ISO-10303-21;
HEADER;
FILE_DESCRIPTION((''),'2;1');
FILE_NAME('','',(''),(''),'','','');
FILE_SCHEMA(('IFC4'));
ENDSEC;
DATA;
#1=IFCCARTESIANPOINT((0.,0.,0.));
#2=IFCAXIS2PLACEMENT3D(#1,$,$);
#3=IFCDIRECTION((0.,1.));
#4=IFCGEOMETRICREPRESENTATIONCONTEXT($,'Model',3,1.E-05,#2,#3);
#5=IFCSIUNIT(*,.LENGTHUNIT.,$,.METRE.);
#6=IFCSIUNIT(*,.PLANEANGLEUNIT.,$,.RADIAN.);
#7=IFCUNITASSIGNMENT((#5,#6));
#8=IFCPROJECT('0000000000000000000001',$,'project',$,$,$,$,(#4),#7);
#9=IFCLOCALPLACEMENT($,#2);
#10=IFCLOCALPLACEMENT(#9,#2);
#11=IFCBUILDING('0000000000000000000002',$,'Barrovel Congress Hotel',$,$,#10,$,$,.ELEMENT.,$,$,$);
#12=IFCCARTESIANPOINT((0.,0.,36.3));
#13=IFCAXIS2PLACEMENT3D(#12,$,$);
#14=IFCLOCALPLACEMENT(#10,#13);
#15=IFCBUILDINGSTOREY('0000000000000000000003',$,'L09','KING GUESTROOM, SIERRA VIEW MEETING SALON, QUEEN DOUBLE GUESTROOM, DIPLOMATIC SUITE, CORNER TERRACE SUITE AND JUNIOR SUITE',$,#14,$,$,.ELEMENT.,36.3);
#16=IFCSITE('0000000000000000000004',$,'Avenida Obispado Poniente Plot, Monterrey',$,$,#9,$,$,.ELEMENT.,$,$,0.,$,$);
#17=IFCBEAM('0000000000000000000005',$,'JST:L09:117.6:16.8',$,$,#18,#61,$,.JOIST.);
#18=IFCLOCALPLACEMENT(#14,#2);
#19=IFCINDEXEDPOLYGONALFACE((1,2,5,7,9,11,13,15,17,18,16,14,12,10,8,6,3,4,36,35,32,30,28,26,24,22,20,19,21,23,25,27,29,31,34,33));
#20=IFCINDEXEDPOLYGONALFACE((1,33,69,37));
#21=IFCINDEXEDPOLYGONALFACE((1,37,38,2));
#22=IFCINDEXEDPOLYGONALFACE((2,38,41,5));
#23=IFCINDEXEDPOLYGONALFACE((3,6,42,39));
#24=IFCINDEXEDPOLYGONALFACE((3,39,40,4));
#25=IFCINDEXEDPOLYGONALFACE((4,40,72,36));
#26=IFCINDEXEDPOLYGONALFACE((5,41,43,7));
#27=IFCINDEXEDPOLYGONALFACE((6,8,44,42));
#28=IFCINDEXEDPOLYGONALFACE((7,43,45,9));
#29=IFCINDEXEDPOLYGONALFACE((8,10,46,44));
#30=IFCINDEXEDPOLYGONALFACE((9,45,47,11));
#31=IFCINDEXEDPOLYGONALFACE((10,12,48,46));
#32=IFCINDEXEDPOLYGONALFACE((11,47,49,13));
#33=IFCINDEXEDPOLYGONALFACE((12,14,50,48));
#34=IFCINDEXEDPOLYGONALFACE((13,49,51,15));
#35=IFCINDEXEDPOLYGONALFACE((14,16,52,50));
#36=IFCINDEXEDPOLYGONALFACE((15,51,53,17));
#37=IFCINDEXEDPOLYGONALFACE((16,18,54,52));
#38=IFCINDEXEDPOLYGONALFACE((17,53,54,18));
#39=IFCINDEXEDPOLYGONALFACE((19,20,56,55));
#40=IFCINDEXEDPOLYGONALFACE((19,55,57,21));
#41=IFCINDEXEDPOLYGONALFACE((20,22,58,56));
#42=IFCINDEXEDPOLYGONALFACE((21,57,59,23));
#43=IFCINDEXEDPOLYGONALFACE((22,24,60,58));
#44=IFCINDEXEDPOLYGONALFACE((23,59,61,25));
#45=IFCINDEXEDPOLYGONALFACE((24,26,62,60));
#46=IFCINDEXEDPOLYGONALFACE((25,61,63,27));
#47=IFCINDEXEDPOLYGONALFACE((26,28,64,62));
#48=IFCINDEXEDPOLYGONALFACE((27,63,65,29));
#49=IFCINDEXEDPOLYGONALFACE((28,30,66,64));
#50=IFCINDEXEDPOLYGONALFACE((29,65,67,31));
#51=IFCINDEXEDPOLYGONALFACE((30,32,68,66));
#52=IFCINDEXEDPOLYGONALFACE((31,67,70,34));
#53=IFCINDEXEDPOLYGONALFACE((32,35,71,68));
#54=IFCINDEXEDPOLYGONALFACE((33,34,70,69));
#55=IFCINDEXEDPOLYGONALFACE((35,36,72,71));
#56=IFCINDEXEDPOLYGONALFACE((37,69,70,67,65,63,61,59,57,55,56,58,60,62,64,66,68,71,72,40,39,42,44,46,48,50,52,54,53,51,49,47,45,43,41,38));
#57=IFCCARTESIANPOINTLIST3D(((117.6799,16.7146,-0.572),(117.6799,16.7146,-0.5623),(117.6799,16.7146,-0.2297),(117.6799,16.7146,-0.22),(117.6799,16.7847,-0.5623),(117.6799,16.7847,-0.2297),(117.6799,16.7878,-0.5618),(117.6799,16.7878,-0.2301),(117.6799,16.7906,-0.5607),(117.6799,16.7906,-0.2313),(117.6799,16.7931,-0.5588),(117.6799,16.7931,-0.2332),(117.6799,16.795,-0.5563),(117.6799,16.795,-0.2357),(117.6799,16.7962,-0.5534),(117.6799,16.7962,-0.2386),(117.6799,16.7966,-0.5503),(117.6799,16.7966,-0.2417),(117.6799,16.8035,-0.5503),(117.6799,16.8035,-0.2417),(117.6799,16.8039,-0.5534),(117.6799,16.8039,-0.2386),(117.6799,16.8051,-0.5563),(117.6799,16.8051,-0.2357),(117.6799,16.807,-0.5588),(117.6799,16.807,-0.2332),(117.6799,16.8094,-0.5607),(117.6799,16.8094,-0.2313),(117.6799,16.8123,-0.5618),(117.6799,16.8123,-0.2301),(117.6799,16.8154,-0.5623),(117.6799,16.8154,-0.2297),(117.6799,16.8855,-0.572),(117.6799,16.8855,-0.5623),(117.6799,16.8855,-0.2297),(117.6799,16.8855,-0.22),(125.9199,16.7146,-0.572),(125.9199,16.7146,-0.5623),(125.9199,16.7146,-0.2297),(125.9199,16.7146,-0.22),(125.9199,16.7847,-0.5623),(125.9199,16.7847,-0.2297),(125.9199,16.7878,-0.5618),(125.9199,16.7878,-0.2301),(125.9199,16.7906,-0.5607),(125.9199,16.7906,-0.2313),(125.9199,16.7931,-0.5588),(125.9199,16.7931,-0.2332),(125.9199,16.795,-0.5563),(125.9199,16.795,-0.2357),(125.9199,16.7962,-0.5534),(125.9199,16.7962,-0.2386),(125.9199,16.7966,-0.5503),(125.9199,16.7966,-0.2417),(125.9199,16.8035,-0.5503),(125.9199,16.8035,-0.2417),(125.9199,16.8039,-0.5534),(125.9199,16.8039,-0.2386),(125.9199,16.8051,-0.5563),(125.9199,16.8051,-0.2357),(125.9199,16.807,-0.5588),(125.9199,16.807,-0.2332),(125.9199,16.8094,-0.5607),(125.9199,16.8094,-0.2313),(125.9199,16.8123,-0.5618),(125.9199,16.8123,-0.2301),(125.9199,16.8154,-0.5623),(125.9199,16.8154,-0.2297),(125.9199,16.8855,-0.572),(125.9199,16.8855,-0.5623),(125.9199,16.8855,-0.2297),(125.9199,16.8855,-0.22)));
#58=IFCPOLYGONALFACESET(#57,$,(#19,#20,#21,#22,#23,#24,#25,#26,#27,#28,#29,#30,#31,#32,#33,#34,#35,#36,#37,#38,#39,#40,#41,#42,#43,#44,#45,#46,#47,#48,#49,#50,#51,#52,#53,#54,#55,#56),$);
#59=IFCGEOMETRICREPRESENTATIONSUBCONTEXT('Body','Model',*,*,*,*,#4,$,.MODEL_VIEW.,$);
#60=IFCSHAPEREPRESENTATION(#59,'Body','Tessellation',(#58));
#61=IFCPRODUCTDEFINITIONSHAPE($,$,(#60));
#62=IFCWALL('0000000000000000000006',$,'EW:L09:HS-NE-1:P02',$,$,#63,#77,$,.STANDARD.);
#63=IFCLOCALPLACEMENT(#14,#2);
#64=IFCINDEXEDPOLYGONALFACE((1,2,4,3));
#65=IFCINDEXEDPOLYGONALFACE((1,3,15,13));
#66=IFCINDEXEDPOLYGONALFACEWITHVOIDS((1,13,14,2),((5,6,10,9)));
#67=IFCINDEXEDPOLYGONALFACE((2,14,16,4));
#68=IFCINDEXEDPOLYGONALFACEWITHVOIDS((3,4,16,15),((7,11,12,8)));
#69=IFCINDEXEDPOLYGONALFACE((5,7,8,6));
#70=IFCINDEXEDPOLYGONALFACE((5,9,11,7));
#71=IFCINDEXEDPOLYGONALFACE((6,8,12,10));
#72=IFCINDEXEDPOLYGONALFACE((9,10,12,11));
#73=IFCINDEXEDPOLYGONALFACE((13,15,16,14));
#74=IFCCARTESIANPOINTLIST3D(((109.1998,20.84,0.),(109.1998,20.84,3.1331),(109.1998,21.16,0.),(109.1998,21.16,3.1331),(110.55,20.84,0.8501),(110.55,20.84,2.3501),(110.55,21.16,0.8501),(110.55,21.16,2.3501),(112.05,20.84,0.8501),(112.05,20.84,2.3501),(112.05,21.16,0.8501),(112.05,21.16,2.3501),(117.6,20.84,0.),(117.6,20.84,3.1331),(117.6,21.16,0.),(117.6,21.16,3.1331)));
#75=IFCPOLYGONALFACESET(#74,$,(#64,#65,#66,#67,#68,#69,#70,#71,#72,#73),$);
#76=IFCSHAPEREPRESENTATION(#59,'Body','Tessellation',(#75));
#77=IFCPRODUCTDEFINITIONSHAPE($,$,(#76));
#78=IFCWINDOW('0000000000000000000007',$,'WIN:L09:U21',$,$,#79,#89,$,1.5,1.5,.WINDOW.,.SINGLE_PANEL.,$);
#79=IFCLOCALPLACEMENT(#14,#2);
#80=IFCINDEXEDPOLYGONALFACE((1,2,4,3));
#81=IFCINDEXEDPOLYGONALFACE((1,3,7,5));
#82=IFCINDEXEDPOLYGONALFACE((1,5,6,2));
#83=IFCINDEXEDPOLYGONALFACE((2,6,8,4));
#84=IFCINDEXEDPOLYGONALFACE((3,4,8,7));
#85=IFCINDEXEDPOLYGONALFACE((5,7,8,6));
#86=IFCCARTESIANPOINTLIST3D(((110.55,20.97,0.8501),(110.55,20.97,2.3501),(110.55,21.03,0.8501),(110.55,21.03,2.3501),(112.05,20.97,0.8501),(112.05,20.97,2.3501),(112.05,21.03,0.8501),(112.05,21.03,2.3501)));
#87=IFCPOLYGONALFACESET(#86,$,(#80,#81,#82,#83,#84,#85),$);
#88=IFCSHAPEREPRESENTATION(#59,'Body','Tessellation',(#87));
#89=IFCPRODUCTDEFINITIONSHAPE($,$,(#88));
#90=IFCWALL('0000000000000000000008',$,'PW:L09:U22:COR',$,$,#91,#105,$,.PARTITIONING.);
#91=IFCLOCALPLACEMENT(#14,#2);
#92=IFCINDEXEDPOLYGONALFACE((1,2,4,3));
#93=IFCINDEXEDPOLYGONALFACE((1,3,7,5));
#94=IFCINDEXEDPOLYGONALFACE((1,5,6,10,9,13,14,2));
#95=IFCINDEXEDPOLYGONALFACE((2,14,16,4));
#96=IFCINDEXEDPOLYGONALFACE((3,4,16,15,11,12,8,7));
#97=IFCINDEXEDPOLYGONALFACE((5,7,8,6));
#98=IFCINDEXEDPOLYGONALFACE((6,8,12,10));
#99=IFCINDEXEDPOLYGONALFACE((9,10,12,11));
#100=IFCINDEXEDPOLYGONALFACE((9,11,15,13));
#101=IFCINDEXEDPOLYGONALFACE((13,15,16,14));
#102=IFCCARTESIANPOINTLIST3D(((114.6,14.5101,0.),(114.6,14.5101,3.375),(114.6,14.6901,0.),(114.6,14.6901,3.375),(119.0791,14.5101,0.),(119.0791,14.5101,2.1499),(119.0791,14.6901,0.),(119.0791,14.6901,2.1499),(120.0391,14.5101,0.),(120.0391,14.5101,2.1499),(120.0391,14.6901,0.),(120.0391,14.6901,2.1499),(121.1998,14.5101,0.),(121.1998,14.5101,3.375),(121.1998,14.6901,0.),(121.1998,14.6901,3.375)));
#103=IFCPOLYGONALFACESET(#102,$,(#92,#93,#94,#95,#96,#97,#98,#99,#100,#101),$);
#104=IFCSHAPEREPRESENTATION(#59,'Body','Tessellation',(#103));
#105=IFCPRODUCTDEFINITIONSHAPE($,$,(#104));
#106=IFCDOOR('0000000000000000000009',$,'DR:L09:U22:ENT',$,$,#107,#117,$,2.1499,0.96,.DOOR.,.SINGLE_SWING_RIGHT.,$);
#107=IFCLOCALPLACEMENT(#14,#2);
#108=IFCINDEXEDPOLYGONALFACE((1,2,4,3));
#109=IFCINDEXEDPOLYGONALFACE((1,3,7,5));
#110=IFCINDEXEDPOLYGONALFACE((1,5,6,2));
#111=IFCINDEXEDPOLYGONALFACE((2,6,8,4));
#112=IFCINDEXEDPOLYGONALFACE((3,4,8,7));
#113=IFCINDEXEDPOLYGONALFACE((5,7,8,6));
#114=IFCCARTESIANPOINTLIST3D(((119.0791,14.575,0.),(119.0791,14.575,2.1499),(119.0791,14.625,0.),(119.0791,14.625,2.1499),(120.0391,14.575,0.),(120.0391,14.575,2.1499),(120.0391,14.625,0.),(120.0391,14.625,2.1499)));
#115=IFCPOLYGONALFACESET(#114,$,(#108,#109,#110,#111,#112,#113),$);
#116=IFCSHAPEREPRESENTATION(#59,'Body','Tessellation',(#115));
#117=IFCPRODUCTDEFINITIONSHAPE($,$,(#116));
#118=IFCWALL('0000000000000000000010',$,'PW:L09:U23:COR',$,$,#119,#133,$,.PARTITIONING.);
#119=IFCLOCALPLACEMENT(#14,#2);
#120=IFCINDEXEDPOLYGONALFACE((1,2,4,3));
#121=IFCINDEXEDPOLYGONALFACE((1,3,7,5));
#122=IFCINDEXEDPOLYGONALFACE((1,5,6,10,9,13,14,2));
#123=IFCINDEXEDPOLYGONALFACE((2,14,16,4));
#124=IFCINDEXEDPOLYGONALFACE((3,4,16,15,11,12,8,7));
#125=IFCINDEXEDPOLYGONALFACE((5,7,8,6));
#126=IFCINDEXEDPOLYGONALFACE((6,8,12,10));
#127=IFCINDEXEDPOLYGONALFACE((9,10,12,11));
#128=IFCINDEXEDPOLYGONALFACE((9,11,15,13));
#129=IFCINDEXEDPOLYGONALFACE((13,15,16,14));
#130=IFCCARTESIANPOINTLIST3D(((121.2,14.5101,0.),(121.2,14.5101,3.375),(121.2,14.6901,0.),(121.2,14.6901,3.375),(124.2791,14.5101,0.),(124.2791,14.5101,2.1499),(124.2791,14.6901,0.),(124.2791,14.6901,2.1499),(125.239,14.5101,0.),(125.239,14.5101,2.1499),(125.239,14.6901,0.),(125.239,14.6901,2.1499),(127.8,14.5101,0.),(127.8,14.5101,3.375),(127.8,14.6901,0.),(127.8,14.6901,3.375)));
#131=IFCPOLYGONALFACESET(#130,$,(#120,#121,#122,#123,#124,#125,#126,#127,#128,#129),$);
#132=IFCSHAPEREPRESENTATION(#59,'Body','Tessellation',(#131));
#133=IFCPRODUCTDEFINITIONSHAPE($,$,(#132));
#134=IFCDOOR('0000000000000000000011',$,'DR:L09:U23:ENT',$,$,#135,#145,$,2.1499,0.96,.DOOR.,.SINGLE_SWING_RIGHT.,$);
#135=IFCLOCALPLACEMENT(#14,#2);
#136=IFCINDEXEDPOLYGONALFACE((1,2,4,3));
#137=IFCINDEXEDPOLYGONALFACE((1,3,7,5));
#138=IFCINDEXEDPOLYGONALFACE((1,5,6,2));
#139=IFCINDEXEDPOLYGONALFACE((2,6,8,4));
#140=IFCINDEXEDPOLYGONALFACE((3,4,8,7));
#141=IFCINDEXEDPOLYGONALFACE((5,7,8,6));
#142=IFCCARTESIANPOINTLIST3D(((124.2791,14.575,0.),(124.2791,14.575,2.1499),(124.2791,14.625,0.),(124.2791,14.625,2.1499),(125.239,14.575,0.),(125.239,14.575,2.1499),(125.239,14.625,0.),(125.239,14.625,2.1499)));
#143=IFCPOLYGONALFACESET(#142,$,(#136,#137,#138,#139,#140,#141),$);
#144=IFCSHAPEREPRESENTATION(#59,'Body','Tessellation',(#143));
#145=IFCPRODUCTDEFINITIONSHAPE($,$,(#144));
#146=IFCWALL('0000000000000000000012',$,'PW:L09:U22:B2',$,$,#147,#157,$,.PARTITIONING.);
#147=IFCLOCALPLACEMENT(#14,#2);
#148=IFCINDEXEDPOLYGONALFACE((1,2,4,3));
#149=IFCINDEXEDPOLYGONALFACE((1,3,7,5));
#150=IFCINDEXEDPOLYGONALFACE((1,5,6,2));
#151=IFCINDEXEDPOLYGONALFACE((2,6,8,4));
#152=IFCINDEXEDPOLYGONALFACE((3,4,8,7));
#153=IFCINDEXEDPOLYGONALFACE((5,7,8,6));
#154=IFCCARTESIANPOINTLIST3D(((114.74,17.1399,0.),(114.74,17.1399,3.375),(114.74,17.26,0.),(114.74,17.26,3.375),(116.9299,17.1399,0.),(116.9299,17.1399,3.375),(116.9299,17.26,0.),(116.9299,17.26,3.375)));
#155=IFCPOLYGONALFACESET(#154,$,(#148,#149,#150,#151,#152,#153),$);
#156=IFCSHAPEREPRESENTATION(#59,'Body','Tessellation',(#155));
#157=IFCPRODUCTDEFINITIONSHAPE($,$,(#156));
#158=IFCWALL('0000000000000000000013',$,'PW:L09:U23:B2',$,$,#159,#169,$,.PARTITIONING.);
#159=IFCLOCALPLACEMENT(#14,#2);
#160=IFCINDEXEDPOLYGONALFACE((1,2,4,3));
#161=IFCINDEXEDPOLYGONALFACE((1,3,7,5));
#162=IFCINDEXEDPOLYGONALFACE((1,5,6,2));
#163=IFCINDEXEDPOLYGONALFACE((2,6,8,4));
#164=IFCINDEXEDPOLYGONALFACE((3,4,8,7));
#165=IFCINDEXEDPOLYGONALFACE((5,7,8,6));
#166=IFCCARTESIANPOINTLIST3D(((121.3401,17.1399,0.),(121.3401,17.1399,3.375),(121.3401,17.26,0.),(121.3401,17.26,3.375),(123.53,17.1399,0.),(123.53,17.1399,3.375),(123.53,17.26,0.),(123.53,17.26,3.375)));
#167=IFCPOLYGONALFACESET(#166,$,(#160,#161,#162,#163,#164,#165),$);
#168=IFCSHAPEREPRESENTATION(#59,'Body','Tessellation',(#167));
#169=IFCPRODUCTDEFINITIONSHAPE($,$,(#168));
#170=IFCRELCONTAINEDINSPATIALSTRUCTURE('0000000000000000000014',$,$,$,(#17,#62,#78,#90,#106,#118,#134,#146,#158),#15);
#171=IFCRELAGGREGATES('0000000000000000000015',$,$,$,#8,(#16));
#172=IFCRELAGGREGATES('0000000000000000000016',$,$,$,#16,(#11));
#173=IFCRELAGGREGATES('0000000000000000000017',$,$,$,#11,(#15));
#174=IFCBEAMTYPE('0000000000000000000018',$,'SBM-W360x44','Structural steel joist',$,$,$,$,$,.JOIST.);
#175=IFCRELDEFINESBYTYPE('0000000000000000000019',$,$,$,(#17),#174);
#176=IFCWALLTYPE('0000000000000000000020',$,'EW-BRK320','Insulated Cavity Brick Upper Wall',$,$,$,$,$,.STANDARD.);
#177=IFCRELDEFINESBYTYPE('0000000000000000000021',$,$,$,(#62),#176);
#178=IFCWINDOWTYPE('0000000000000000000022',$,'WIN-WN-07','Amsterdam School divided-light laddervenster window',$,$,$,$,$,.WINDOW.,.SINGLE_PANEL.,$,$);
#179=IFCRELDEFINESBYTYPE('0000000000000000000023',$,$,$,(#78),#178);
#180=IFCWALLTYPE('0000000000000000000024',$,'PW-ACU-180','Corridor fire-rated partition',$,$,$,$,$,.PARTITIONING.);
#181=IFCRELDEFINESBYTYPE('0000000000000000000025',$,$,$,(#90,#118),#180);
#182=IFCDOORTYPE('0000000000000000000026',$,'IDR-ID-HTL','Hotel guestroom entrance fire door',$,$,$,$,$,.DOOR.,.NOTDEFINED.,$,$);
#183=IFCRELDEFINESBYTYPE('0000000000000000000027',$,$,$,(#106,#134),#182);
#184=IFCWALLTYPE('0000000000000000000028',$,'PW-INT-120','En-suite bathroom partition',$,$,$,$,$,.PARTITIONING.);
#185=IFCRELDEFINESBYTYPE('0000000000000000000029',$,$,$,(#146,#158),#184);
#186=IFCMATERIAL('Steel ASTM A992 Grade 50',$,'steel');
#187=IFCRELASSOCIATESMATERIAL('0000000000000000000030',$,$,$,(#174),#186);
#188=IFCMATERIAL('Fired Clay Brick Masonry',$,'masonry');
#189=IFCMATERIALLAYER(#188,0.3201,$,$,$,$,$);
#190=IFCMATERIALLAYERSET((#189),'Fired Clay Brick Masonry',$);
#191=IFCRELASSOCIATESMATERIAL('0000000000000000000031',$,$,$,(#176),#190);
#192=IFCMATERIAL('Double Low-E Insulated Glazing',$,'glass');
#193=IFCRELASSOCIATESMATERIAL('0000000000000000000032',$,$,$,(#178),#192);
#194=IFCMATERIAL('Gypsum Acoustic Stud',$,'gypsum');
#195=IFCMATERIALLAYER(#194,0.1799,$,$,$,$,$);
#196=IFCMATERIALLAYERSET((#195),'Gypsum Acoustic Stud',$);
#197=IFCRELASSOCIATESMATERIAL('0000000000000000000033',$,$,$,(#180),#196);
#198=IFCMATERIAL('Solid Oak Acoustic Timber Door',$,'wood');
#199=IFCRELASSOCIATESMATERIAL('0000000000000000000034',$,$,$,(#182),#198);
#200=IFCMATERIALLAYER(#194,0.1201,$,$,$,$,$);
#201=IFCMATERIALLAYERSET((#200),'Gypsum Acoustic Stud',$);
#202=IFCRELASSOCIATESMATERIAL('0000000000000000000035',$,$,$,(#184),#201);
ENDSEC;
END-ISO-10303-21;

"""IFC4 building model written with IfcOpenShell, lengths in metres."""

from ifc_helpers import new_model, si_unit, direction, frame, frame_2d, origin, origin_2d, place, context, subcontext, project, spatial, rectangle, i_section, extrude, material, layer, layer_set, material_profile, profile_set, type_object, element, fill, save


model = new_model("IFC4")

# Units and contexts
model_context = context("Model", 3, precision=1e-05, world=origin(), true_north=direction((0.0, 1.0)))
body_context = subcontext(model_context, "Body", "Model", "MODEL_VIEW")
ifc_project = project(units=[si_unit("LENGTHUNIT", "METRE"), si_unit("PLANEANGLEUNIT", "RADIAN")], contexts=[model_context])

# Site, building, storey
site_placement = place(None, origin())
site = spatial("IfcSite", under=ifc_project, at=site_placement, Name="Avenida Obispado Poniente Plot, Monterrey", CompositionType="ELEMENT", RefElevation=0.0)
building_placement = place(site_placement, origin())
building = spatial("IfcBuilding", under=site, at=building_placement, Name="Barrovel Congress Hotel", CompositionType="ELEMENT")
storey_placement = place(building_placement, frame((0.0, 0.0, 36.3)))
storey = spatial("IfcBuildingStorey", under=building, at=storey_placement, Name="L09", Description="KING GUESTROOM, SIERRA VIEW MEETING SALON, QUEEN DOUBLE GUESTROOM, DIPLOMATIC SUITE, CORNER TERRACE SUITE AND JUNIOR SUITE", CompositionType="ELEMENT", Elevation=36.3)

# Beam
ifc_material_1 = material(Name="Steel ASTM A992 Grade 50", Category="steel")
ifc_material_profile_1 = material_profile(ifc_material_1, i_section(OverallWidth=0.1709, OverallDepth=0.3521, WebThickness=0.0068, FlangeThickness=0.0098, FilletRadius=0.012, at=origin_2d()), Name="W360x44")
ifc_profile_set_1 = profile_set([ifc_material_profile_1], Name="Steel ASTM A992 Grade 50")
beam_type_1 = type_object("IfcBeamType", Name="SBM-W360x44", Description="Structural steel joist", PredefinedType="JOIST", material=ifc_profile_set_1)
beam_1_placement = place(storey_placement, frame((117.6799, 16.8, -0.396), z_axis=(1.0, 0.0, 0.0), x_axis=(0.0, 1.0, 0.0)))
element("IfcBeam", 1, at=beam_1_placement, inside=storey, type_object=beam_type_1, Name="JST:L09:117.6:16.8", PredefinedType="JOIST", context=body_context, shape_type="SweptSolid", body=[
    extrude(i_section(OverallWidth=0.1709, OverallDepth=0.3521, WebThickness=0.0068, FlangeThickness=0.0098, FilletRadius=0.012, at=origin_2d()), origin(), (0.0, 0.0, 1.0), 8.24),
])

# Wall, opening, window
ifc_material_2 = material(Name="Fired Clay Brick Masonry", Category="masonry")
ifc_layer_1 = layer(ifc_material_2, 0.3201)
ifc_layer_set_1 = layer_set([ifc_layer_1], Name="Fired Clay Brick Masonry")
wall_type_1 = type_object("IfcWallType", Name="EW-BRK320", Description="Insulated Cavity Brick Upper Wall", PredefinedType="STANDARD", material=ifc_layer_set_1)
wall_1_placement = place(storey_placement, frame((117.6001, 21.0, 0.0), z_axis=(0.0, 0.0, 1.0), x_axis=(-1.0, 0.0, 0.0)))
wall_1 = element("IfcWall", 2, at=wall_1_placement, inside=storey, type_object=wall_type_1, Name="EW:L09:HS-NE-1:P02", PredefinedType="STANDARD", context=body_context, shape_type="SweptSolid", body=[
    extrude(rectangle(XDim=8.4001, YDim=0.3201, at=frame_2d((4.2002, 0.0))), origin(), (0.0, 0.0, 1.0), 3.1331),
])
opening_1_placement = place(wall_1_placement, frame((5.55, 0.0, 0.8501)))
opening_1 = element("IfcOpeningElement", 3, at=opening_1_placement, cuts=wall_1, PredefinedType="OPENING", context=body_context, shape_type="SweptSolid", body=[
    extrude(rectangle(XDim=1.5, YDim=1.5, at=frame_2d((0.75, 0.75))), frame((0.0, 0.1699, 0.0), z_axis=(0.0, -1.0, 0.0), x_axis=(1.0, 0.0, 0.0)), (0.0, 0.0, 1.0), 0.3401),
])
ifc_material_3 = material(Name="Double Low-E Insulated Glazing", Category="glass")
window_type = type_object("IfcWindowType", Name="WIN-WN-07", Description="Amsterdam School divided-light laddervenster window", PartitioningType="SINGLE_PANEL", PredefinedType="WINDOW", material=ifc_material_3)
window_placement = place(opening_1_placement, origin())
window = element("IfcWindow", 4, at=window_placement, inside=storey, type_object=window_type, Name="WIN:L09:U21", OverallHeight=1.5, OverallWidth=1.5, PartitioningType="SINGLE_PANEL", PredefinedType="WINDOW", context=body_context, shape_type="SweptSolid", body=[
    extrude(rectangle(XDim=1.5, YDim=1.5, at=frame_2d((0.75, 0.75))), frame((0.0, 0.03, 0.0), z_axis=(0.0, -1.0, 0.0), x_axis=(1.0, 0.0, 0.0)), (0.0, 0.0, 1.0), 0.0601),
])
fill(opening_1, window)

# Walls, openings, doors
ifc_material_4 = material(Name="Gypsum Acoustic Stud", Category="gypsum")
ifc_layer_2 = layer(ifc_material_4, 0.1799)
ifc_layer_set_2 = layer_set([ifc_layer_2], Name="Gypsum Acoustic Stud")
wall_type_2 = type_object("IfcWallType", Name="PW-ACU-180", Description="Corridor fire-rated partition", PredefinedType="PARTITIONING", material=ifc_layer_set_2)
wall_2_placement = place(storey_placement, frame((114.6001, 14.6001, 0.0), z_axis=(0.0, 0.0, 1.0), x_axis=(1.0, 0.0, 0.0)))
wall_2 = element("IfcWall", 5, at=wall_2_placement, inside=storey, type_object=wall_type_2, Name="PW:L09:U22:COR", PredefinedType="PARTITIONING", context=body_context, shape_type="SweptSolid", body=[
    extrude(rectangle(XDim=6.5999, YDim=0.1799, at=frame_2d((3.2998, 0.0))), origin(), (0.0, 0.0, 1.0), 3.375),
])
opening_2_placement = place(wall_2_placement, frame((4.479, 0.0, 0.0)))
opening_2 = element("IfcOpeningElement", 6, at=opening_2_placement, cuts=wall_2, PredefinedType="OPENING", context=body_context, shape_type="SweptSolid", body=[
    extrude(rectangle(XDim=0.96, YDim=2.1499, at=frame_2d((0.48, 1.075))), frame((0.0, 0.1001, 0.0), z_axis=(0.0, -1.0, 0.0), x_axis=(1.0, 0.0, 0.0)), (0.0, 0.0, 1.0), 0.2),
])
ifc_material_5 = material(Name="Solid Oak Acoustic Timber Door", Category="wood")
door_type_1 = type_object("IfcDoorType", Name="IDR-ID-HTL", Description="Hotel guestroom entrance fire door", OperationType="NOTDEFINED", PredefinedType="DOOR", material=ifc_material_5)
door_1_placement = place(opening_2_placement, origin())
door_1 = element("IfcDoor", 7, at=door_1_placement, inside=storey, type_object=door_type_1, Name="DR:L09:U22:ENT", OperationType="SINGLE_SWING_RIGHT", OverallHeight=2.1499, OverallWidth=0.96, PredefinedType="DOOR", context=body_context, shape_type="SweptSolid", body=[
    extrude(rectangle(XDim=0.96, YDim=2.1499, at=frame_2d((0.48, 1.075))), frame((0.0, 0.0249, 0.0), z_axis=(0.0, -1.0, 0.0), x_axis=(1.0, 0.0, 0.0)), (0.0, 0.0, 1.0), 0.05),
])
fill(opening_2, door_1)
wall_3_placement = place(storey_placement, frame((121.2, 14.6001, 0.0), z_axis=(0.0, 0.0, 1.0), x_axis=(1.0, 0.0, 0.0)))
wall_3 = element("IfcWall", 8, at=wall_3_placement, inside=storey, type_object=wall_type_2, Name="PW:L09:U23:COR", PredefinedType="PARTITIONING", context=body_context, shape_type="SweptSolid", body=[
    extrude(rectangle(XDim=6.6001, YDim=0.1799, at=frame_2d((3.3, 0.0))), origin(), (0.0, 0.0, 1.0), 3.375),
])
opening_3_placement = place(wall_3_placement, frame((3.0791, 0.0, 0.0)))
opening_3 = element("IfcOpeningElement", 9, at=opening_3_placement, cuts=wall_3, PredefinedType="OPENING", context=body_context, shape_type="SweptSolid", body=[
    extrude(rectangle(XDim=0.96, YDim=2.1499, at=frame_2d((0.48, 1.075))), frame((0.0, 0.1001, 0.0), z_axis=(0.0, -1.0, 0.0), x_axis=(1.0, 0.0, 0.0)), (0.0, 0.0, 1.0), 0.2),
])
door_2_placement = place(opening_3_placement, origin())
door_2 = element("IfcDoor", 10, at=door_2_placement, inside=storey, type_object=door_type_1, Name="DR:L09:U23:ENT", OperationType="SINGLE_SWING_RIGHT", OverallHeight=2.1499, OverallWidth=0.96, PredefinedType="DOOR", context=body_context, shape_type="SweptSolid", body=[
    extrude(rectangle(XDim=0.96, YDim=2.1499, at=frame_2d((0.48, 1.075))), frame((0.0, 0.0249, 0.0), z_axis=(0.0, -1.0, 0.0), x_axis=(1.0, 0.0, 0.0)), (0.0, 0.0, 1.0), 0.05),
])
fill(opening_3, door_2)

# Walls
ifc_layer_3 = layer(ifc_material_4, 0.1201)
ifc_layer_set_3 = layer_set([ifc_layer_3], Name="Gypsum Acoustic Stud")
wall_type_3 = type_object("IfcWallType", Name="PW-INT-120", Description="En-suite bathroom partition", PredefinedType="PARTITIONING", material=ifc_layer_set_3)
for number, where, z_axis, x_axis, name in (
    (11, (114.74, 17.2, 0.0), (0.0, 0.0, 1.0), (1.0, 0.0, 0.0), "PW:L09:U22:B2"),
    (12, (121.3401, 17.2, 0.0), (0.0, 0.0, 1.0), (1.0, 0.0, 0.0), "PW:L09:U23:B2"),
):
    element("IfcWall", number, at=place(storey_placement, frame(where, z_axis=z_axis, x_axis=x_axis)), inside=storey, type_object=wall_type_3, Name=name, PredefinedType="PARTITIONING", context=body_context, shape_type="SweptSolid", body=[
        extrude(rectangle(XDim=2.1899, YDim=0.1201, at=frame_2d((1.095, 0.0))), origin(), (0.0, 0.0, 1.0), 3.375),
    ])

save(model, "model.ifc")
